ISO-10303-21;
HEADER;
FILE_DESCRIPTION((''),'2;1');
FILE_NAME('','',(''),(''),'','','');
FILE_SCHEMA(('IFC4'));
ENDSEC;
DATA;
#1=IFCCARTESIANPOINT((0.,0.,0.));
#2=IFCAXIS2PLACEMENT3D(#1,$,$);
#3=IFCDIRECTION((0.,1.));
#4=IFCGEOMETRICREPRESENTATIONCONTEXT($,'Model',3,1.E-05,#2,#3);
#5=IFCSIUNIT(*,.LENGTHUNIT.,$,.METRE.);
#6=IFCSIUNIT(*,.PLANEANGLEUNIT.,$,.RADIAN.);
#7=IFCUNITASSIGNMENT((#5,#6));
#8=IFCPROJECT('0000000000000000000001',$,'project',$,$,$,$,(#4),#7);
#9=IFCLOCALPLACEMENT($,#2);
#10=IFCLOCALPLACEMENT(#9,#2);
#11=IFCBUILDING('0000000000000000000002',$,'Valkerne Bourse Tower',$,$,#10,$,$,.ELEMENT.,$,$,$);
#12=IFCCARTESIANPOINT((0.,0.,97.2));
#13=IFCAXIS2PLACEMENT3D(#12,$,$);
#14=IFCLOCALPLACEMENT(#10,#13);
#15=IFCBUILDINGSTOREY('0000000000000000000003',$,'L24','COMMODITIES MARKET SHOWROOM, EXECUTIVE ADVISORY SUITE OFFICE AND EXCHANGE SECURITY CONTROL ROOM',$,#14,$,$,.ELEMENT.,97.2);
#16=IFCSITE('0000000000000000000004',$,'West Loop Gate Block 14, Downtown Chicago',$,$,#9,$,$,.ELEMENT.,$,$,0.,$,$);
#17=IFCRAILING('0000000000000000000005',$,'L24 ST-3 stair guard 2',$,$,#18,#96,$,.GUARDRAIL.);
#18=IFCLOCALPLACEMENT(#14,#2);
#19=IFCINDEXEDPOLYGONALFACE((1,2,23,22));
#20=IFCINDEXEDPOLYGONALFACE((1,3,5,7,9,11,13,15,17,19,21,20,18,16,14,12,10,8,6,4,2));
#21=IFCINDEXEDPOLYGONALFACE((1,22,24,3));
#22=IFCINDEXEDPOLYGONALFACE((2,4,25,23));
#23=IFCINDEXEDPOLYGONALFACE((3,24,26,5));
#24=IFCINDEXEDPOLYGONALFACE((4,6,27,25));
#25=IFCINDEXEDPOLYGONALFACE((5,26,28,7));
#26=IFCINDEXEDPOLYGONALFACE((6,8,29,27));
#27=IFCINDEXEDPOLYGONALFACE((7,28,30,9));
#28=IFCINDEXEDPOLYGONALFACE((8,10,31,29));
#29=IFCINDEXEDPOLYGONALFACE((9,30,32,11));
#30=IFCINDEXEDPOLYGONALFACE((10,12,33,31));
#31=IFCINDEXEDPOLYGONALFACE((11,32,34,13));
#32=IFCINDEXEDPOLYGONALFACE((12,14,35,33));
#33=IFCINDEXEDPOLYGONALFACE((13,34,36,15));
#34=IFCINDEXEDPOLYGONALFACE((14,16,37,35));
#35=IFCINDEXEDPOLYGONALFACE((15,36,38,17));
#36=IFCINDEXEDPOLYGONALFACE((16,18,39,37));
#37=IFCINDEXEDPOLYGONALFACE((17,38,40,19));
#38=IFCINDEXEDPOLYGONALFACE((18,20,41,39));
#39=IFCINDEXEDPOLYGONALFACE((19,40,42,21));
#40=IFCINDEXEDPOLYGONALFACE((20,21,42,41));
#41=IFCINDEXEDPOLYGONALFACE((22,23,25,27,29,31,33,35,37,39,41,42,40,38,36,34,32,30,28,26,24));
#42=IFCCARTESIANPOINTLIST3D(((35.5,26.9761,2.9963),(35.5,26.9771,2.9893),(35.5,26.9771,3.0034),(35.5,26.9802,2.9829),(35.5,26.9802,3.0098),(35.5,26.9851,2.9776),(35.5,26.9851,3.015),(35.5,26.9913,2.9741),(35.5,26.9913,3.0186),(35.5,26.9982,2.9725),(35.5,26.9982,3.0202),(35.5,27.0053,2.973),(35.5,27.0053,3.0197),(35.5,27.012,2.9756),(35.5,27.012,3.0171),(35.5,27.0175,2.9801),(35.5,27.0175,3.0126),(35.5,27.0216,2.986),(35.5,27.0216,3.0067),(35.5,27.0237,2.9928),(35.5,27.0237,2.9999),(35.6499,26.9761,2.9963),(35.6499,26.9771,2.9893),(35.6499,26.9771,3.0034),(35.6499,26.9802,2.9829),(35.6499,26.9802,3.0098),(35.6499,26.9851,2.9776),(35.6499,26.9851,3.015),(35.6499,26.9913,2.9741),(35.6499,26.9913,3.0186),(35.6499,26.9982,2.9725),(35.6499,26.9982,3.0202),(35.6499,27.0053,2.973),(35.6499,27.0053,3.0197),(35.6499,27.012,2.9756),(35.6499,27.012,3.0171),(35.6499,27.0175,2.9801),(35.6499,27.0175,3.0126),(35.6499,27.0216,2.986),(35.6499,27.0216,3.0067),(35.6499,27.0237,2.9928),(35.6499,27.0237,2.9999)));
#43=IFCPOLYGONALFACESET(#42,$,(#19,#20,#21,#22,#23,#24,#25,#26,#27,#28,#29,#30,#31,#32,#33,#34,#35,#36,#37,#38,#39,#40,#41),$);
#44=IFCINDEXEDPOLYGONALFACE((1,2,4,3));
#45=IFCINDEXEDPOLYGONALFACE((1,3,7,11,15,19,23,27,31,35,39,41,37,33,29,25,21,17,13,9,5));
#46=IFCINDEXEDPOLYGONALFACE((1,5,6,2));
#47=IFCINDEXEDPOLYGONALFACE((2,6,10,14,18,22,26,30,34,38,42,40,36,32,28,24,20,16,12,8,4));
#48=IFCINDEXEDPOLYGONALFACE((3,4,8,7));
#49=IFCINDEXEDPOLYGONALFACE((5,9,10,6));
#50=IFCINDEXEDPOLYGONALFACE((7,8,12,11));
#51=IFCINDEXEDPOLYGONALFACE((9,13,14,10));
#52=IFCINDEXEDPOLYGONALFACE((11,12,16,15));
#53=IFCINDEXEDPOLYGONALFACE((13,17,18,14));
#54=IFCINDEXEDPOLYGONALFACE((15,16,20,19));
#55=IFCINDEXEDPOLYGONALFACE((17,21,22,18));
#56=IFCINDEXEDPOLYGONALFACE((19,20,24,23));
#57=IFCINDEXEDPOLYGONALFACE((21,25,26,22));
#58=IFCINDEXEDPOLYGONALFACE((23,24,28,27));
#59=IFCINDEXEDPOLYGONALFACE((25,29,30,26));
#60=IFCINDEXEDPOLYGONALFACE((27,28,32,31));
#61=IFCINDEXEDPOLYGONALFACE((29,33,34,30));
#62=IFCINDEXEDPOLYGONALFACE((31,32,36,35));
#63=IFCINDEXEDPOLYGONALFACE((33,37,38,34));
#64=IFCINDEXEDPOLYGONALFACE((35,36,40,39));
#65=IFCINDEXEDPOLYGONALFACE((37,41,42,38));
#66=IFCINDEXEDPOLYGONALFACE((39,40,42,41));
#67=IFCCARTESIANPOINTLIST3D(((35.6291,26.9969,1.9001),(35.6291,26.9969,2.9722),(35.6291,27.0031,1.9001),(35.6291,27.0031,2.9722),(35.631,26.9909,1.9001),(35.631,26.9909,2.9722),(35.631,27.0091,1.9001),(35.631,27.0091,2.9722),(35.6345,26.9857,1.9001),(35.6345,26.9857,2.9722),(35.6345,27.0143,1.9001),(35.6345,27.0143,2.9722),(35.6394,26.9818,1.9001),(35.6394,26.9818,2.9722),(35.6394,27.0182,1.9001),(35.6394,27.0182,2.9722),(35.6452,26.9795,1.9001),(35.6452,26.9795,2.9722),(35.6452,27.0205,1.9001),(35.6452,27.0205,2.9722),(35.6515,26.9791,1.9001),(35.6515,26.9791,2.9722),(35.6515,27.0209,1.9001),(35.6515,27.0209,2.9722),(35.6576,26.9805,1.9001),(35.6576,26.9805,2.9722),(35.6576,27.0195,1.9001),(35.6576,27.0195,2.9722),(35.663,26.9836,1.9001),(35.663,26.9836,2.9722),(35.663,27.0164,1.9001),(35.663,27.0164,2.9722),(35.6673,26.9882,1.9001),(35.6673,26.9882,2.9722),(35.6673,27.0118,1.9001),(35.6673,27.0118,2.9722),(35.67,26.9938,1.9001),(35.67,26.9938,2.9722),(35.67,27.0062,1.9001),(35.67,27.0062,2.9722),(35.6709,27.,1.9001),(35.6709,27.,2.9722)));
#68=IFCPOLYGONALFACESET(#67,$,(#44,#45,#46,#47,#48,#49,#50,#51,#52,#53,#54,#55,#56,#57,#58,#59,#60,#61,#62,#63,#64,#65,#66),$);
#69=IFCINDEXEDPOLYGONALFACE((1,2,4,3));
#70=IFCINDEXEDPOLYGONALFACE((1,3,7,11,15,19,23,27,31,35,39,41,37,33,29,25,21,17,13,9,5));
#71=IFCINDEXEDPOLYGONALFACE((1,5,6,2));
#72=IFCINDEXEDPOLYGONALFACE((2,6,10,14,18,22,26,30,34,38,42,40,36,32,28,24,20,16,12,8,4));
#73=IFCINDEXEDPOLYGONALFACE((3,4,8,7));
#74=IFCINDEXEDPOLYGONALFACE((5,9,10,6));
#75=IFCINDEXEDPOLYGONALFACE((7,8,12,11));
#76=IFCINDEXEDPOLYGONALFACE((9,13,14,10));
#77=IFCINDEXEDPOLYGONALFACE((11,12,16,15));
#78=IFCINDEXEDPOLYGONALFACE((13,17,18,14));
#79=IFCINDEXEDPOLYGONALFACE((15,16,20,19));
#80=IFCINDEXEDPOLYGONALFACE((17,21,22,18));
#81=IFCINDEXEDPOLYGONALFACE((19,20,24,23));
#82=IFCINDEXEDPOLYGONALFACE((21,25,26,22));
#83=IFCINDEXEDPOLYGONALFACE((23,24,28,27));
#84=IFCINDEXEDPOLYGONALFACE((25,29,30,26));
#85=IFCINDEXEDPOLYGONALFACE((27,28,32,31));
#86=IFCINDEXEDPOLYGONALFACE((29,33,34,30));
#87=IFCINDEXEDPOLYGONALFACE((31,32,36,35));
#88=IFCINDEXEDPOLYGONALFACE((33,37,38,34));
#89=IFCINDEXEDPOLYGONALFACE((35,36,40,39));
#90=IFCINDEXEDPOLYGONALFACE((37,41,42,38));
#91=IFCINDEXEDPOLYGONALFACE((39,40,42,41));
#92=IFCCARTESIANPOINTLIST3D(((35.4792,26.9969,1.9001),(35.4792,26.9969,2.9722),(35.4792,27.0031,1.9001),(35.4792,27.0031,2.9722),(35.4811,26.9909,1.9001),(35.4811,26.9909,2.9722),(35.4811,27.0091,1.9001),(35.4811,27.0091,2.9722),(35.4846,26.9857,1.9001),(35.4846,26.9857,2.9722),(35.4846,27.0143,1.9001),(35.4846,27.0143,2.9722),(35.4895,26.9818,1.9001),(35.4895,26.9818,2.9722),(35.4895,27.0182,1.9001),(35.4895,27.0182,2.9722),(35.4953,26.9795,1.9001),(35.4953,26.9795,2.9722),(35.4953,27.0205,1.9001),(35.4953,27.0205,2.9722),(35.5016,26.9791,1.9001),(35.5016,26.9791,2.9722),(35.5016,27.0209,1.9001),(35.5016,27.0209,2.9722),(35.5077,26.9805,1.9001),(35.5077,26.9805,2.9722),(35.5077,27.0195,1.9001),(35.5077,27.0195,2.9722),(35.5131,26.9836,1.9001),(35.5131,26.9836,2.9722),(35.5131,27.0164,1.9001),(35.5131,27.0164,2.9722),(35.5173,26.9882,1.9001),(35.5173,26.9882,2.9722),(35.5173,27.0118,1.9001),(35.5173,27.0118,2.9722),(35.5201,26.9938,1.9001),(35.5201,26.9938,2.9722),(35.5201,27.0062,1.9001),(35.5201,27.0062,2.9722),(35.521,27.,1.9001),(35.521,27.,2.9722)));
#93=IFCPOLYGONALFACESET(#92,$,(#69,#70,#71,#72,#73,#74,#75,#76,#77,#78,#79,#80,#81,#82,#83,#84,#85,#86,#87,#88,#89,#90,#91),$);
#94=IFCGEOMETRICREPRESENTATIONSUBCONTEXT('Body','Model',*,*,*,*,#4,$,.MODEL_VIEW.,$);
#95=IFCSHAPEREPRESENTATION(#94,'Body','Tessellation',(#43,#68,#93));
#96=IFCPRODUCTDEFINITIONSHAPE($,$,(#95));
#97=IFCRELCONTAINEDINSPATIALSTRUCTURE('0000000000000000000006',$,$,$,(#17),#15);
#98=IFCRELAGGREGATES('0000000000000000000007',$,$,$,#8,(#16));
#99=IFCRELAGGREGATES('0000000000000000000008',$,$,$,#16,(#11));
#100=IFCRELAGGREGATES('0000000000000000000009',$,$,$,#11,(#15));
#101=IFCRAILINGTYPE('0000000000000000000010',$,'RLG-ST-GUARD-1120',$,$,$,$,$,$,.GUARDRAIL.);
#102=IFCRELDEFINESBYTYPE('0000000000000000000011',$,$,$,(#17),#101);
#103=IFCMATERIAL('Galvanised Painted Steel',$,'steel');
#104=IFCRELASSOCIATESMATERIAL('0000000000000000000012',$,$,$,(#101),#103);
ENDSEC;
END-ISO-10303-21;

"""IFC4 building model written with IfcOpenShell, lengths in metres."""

from ifc_helpers import new_model, si_unit, direction, frame, origin, origin_2d, place, context, subcontext, project, spatial, circle, extrude, material, type_object, element, save


model = new_model("IFC4")

# Units and contexts
model_context = context("Model", 3, precision=1e-05, world=origin(), true_north=direction((0.0, 1.0)))
body_context = subcontext(model_context, "Body", "Model", "MODEL_VIEW")
ifc_project = project(units=[si_unit("LENGTHUNIT", "METRE"), si_unit("PLANEANGLEUNIT", "RADIAN")], contexts=[model_context])

# Site, building, storey
site_placement = place(None, origin())
site = spatial("IfcSite", under=ifc_project, at=site_placement, Name="West Loop Gate Block 14, Downtown Chicago", CompositionType="ELEMENT", RefElevation=0.0)
building_placement = place(site_placement, origin())
building = spatial("IfcBuilding", under=site, at=building_placement, Name="Valkerne Bourse Tower", CompositionType="ELEMENT")
storey_placement = place(building_placement, frame((0.0, 0.0, 97.2)))
storey = spatial("IfcBuildingStorey", under=building, at=storey_placement, Name="L24", Description="COMMODITIES MARKET SHOWROOM, EXECUTIVE ADVISORY SUITE OFFICE AND EXCHANGE SECURITY CONTROL ROOM", CompositionType="ELEMENT", Elevation=97.2)

# Shared definitions
ifc_material_1 = material(Name="Galvanised Painted Steel", Category="steel")

# Railing
railing_type_1 = type_object("IfcRailingType", Name="RLG-ST-GUARD-1120", PredefinedType="GUARDRAIL", material=ifc_material_1)
railing_1_placement = place(storey_placement, frame((35.6499, 27.0, 1.9001)))
element("IfcRailing", 1, at=railing_1_placement, inside=storey, type_object=railing_type_1, Name="L24 ST-3 stair guard 2", PredefinedType="GUARDRAIL", context=body_context, shape_type="SweptSolid", body=[
    extrude(circle(Radius=0.0239, at=origin_2d()), frame((0.0, 0.0, 1.0962), z_axis=(-1.0, 0.0, 0.0), x_axis=(0.0, -1.0, 0.0)), (0.0, 0.0, 1.0), 0.1499),
    extrude(circle(Radius=0.021, at=origin_2d()), origin(), (0.0, 0.0, 1.0), 1.072),
    extrude(circle(Radius=0.021, at=origin_2d()), frame((-0.1499, 0.0, 0.0)), (0.0, 0.0, 1.0), 1.072),
])

save(model, "model.ifc")
